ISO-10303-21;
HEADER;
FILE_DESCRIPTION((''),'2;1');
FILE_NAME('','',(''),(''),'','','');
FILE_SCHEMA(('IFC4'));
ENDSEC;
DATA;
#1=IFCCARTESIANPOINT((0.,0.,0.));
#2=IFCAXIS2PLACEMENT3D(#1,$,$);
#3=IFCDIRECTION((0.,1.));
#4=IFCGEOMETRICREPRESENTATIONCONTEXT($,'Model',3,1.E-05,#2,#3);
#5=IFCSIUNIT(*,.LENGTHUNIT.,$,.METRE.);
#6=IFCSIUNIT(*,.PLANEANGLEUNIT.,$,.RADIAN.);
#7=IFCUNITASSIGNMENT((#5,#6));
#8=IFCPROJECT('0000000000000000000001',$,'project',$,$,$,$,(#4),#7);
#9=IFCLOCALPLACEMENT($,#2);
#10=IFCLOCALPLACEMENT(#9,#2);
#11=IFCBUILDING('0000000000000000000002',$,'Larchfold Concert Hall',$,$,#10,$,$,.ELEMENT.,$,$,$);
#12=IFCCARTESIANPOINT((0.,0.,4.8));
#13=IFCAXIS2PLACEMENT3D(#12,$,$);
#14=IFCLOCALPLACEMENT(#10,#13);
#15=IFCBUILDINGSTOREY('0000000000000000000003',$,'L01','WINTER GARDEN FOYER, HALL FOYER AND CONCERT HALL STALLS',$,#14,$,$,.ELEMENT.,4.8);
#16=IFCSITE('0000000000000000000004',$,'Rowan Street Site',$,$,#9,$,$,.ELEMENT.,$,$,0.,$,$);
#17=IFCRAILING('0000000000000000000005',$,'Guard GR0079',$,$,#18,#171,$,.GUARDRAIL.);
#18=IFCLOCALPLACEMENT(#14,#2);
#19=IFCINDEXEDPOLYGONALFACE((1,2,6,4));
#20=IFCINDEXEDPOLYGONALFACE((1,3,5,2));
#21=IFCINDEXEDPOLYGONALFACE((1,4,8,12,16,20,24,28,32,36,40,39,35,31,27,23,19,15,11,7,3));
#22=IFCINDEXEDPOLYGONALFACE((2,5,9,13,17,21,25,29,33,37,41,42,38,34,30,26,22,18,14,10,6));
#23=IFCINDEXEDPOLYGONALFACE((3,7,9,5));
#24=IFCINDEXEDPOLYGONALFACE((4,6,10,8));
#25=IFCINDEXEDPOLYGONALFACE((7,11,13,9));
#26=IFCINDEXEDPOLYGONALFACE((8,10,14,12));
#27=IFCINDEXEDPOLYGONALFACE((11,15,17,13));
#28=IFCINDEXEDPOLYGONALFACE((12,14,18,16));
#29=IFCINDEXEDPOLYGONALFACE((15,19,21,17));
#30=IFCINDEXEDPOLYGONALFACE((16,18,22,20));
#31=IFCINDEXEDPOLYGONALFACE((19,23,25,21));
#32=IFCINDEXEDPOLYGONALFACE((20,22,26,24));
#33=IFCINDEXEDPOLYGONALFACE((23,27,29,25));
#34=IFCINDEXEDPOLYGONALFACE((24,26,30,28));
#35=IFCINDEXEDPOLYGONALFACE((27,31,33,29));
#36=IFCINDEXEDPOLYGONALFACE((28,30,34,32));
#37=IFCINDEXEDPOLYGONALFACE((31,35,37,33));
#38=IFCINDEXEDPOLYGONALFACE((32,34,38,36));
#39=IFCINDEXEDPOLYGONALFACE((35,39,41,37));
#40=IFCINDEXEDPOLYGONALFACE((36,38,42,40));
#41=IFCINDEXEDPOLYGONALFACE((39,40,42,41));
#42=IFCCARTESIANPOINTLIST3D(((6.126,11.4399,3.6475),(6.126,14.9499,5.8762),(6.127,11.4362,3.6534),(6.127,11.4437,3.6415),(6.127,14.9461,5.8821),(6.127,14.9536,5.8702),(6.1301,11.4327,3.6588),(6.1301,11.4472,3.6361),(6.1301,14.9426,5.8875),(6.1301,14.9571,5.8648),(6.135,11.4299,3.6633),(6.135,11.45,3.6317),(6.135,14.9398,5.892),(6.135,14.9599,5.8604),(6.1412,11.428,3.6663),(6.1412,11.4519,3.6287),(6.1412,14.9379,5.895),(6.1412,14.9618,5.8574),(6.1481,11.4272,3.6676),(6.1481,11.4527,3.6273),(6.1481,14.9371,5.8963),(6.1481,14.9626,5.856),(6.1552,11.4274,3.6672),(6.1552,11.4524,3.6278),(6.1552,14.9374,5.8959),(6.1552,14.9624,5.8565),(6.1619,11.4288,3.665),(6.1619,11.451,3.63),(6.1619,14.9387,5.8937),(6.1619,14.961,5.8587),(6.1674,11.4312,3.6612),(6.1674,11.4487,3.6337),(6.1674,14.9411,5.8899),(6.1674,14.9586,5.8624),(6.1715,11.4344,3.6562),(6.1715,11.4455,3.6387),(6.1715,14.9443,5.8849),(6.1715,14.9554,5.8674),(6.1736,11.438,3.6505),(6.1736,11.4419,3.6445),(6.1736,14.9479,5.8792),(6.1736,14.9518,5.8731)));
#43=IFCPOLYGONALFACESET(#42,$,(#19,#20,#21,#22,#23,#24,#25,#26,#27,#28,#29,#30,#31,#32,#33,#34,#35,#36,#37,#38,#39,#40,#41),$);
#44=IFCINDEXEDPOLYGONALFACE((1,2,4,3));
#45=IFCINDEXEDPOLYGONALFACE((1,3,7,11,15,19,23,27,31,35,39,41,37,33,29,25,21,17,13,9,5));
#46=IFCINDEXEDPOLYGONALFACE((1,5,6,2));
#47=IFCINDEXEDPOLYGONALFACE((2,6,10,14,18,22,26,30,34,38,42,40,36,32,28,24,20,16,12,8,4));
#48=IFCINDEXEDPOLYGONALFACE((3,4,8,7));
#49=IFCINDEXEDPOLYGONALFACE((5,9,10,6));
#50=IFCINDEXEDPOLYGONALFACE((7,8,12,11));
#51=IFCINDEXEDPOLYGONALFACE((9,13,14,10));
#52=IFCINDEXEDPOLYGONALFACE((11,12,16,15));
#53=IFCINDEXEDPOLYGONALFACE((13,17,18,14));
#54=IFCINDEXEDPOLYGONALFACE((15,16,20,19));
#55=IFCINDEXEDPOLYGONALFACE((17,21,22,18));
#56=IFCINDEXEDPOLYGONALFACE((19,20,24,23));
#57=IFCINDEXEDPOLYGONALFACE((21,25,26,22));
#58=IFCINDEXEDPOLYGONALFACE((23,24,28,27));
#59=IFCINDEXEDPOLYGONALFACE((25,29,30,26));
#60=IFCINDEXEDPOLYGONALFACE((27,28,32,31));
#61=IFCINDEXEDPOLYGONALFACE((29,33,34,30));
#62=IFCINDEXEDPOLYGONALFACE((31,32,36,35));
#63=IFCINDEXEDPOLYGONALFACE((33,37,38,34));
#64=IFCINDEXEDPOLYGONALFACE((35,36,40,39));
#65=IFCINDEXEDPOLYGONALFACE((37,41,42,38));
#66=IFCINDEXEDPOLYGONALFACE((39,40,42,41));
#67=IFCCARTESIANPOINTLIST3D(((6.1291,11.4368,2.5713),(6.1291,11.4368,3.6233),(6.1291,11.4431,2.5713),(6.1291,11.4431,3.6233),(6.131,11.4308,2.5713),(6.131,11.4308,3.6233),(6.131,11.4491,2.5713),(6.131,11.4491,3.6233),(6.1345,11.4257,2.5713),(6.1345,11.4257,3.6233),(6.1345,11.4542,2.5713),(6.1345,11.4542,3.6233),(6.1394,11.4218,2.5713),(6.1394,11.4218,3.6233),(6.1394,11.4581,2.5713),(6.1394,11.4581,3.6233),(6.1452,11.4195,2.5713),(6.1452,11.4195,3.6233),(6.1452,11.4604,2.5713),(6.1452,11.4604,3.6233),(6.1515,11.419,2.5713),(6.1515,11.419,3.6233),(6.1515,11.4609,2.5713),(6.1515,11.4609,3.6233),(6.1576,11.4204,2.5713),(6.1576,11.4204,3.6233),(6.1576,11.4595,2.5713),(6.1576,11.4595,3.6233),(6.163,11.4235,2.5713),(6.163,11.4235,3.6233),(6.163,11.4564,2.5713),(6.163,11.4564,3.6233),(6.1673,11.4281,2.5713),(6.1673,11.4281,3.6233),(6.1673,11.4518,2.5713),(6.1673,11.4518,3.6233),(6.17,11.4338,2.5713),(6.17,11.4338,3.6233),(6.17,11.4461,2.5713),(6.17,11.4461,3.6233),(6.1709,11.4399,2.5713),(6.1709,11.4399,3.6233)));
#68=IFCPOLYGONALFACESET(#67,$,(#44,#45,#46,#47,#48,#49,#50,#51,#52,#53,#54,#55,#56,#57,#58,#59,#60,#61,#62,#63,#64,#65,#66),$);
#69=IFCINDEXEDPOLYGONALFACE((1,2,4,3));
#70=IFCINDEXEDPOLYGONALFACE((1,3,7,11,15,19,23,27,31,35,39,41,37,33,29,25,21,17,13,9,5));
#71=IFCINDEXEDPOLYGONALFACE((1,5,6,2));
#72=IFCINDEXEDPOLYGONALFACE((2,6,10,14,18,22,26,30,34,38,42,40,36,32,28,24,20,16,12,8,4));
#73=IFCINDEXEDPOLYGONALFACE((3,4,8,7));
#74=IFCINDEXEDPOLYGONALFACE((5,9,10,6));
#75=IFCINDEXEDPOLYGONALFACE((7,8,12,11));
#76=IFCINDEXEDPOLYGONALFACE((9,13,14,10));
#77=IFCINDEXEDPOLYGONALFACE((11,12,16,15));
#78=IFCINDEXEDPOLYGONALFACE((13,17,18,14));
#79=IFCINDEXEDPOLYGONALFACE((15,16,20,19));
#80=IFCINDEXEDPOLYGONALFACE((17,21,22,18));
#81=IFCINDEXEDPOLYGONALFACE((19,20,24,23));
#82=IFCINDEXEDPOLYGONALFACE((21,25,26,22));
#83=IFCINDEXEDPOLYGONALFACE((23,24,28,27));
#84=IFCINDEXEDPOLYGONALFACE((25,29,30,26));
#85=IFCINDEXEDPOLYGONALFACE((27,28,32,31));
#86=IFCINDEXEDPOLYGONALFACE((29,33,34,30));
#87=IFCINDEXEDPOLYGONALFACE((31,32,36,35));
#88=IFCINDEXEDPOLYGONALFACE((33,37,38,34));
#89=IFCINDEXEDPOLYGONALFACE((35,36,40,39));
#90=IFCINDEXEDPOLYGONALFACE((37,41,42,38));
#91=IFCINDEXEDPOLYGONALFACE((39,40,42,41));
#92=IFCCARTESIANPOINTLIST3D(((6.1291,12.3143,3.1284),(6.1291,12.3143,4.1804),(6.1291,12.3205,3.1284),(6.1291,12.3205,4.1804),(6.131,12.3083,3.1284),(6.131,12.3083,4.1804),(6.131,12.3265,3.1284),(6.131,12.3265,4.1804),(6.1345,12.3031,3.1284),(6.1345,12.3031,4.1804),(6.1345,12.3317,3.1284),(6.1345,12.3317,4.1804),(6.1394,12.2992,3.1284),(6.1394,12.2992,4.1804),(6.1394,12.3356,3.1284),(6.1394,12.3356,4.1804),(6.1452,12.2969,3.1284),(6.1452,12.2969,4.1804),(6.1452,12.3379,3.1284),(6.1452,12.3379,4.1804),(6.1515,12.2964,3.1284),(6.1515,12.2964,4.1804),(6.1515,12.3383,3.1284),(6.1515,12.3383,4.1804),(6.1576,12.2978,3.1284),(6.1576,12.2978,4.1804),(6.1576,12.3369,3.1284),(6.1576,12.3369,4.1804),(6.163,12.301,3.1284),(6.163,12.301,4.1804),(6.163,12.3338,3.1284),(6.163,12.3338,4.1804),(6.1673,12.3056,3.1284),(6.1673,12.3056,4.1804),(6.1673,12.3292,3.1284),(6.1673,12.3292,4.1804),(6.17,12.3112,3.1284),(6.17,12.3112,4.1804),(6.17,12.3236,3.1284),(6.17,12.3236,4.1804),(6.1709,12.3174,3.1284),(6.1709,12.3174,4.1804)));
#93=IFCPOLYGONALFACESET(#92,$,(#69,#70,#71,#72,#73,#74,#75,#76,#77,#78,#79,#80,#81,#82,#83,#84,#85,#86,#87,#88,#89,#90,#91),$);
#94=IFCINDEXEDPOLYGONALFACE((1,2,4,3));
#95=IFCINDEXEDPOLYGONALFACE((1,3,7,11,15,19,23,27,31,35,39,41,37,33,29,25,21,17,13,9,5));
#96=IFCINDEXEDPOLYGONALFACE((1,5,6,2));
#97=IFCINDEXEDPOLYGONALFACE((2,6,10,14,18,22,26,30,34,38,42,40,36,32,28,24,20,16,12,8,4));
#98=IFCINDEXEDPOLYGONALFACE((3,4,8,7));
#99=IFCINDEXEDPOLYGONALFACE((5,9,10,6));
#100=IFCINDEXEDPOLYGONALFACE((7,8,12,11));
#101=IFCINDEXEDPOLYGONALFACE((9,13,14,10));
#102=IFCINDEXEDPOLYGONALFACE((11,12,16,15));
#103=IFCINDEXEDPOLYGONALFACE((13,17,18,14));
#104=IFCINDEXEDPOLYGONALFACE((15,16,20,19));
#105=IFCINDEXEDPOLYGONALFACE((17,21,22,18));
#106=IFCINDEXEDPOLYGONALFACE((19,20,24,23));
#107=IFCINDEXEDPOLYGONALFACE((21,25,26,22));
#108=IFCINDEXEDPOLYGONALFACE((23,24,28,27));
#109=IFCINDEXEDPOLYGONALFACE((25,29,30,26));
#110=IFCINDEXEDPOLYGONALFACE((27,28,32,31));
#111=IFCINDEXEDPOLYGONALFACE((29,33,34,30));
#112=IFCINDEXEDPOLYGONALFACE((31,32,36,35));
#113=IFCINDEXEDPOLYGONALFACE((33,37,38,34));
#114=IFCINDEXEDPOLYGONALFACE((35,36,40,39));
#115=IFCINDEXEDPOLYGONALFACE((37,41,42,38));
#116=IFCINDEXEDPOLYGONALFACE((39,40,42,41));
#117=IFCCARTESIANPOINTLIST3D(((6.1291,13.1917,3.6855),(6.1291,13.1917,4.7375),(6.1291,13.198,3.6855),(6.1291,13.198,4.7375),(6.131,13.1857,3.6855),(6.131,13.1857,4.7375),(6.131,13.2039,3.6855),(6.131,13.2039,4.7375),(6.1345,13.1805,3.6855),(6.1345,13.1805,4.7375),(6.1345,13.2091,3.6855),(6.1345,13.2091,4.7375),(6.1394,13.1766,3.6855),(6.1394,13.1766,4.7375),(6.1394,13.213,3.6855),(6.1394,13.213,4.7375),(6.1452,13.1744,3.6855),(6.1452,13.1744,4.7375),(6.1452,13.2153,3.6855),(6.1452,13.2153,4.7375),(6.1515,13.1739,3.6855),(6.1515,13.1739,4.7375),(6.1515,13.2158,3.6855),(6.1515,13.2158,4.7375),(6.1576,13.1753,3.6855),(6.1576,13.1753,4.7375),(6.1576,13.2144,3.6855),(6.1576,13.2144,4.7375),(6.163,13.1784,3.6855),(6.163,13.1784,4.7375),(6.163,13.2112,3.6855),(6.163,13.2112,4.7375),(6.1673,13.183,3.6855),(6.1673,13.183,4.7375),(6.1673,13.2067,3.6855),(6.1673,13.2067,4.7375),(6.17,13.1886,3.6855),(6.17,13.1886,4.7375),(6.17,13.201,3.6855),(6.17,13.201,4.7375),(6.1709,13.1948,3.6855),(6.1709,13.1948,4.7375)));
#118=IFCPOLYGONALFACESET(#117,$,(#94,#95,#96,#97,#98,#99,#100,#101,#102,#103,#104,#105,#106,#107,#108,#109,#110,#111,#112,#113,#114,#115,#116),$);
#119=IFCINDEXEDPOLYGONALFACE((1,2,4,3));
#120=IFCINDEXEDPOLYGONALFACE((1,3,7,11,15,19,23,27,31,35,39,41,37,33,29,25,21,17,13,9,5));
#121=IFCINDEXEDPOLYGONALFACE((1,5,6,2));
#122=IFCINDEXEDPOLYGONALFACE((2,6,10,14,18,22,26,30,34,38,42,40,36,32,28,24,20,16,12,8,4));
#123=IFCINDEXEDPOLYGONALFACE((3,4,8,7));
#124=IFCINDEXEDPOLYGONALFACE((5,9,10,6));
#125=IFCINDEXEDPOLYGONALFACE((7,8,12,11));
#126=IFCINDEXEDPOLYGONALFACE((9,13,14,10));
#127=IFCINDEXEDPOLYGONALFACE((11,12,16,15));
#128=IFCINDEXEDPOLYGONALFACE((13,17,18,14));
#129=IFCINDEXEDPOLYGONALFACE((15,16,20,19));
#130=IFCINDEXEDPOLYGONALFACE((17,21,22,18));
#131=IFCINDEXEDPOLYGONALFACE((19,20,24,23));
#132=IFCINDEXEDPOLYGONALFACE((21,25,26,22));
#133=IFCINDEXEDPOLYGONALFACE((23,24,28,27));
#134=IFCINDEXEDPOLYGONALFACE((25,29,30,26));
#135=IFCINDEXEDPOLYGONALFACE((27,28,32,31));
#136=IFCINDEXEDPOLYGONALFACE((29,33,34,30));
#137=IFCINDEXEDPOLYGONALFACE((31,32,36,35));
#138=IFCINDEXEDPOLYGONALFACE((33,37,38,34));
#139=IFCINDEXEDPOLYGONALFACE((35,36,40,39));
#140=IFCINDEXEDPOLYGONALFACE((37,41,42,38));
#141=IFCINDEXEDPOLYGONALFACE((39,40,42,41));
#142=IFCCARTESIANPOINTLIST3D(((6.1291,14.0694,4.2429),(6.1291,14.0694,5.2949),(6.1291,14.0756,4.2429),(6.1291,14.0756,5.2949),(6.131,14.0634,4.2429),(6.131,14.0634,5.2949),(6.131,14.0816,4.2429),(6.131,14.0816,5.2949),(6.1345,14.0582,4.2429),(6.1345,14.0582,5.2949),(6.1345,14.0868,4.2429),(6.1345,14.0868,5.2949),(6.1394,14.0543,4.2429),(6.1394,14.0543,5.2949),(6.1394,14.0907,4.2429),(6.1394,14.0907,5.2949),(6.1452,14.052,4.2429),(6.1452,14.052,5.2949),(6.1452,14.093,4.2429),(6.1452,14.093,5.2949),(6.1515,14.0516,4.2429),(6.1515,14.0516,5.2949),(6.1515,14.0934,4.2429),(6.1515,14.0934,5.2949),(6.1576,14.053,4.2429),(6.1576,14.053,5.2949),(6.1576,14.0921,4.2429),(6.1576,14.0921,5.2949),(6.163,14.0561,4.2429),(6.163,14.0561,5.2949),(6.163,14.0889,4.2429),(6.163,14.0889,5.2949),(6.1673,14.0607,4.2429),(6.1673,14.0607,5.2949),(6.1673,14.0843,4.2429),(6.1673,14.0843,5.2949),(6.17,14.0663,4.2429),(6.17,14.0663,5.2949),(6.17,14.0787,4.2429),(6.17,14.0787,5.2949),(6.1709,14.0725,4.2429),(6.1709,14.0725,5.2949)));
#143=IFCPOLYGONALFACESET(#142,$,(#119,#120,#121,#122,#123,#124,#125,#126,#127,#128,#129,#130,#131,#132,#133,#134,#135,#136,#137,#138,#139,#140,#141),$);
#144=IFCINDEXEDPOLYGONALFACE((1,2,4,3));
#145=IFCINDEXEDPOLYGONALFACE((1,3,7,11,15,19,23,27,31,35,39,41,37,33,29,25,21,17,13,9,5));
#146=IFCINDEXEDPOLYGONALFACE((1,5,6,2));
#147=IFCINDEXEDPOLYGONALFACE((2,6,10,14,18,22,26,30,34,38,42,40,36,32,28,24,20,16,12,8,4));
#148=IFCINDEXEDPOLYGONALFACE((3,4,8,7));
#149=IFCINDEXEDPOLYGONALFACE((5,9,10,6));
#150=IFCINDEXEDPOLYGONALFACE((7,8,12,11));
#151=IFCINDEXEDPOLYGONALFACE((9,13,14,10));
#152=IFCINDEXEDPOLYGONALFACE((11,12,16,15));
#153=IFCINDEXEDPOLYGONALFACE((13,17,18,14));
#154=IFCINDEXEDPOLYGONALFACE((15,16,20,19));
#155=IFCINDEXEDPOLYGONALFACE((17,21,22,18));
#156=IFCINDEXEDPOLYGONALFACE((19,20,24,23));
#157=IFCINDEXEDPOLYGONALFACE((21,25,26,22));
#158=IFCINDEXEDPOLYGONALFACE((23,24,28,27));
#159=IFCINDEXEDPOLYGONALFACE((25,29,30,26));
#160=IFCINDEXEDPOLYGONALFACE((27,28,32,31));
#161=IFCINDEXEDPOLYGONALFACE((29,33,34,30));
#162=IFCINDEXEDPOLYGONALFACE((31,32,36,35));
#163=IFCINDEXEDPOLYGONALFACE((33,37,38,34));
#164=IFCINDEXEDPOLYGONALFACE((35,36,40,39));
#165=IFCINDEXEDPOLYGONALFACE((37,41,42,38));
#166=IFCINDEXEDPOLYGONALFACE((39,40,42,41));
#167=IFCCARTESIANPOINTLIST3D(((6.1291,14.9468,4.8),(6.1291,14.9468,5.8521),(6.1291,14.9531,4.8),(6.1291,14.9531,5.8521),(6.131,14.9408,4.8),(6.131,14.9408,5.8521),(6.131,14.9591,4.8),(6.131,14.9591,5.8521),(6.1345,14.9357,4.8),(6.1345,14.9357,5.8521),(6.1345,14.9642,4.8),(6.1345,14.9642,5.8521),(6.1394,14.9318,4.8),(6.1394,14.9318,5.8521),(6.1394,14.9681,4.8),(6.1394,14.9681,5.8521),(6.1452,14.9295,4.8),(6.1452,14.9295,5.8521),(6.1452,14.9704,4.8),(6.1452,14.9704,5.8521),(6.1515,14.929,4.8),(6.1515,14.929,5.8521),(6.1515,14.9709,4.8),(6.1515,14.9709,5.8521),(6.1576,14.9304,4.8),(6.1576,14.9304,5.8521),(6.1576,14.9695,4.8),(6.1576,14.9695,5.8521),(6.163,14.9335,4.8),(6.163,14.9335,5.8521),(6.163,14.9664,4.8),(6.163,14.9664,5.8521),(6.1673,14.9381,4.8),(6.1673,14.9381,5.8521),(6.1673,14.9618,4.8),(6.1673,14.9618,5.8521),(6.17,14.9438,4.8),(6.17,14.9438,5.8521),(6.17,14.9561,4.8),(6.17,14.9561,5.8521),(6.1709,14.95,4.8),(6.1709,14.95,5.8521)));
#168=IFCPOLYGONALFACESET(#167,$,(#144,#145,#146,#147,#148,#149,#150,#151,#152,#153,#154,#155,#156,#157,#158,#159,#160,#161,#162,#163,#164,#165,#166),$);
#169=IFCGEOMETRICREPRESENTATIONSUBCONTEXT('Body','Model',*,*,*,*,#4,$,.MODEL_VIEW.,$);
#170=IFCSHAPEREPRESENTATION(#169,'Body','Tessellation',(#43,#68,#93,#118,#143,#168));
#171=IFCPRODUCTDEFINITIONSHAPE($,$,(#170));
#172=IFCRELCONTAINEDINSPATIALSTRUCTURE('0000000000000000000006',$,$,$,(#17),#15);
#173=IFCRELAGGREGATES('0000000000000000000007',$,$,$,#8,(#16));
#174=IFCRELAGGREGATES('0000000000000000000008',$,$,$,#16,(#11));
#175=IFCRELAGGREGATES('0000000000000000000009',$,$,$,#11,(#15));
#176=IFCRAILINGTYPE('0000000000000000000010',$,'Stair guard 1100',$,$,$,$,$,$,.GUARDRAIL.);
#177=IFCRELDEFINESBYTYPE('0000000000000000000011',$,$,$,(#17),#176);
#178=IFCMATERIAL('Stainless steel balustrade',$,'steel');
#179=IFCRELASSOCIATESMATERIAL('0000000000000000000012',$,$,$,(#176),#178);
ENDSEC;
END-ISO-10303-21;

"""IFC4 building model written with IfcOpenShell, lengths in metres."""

from ifc_helpers import new_model, si_unit, direction, frame, origin, origin_2d, place, context, subcontext, project, spatial, circle, extrude, material, type_object, element, save


model = new_model("IFC4")

# Units and contexts
model_context = context("Model", 3, precision=1e-05, world=origin(), true_north=direction((0.0, 1.0)))
body_context = subcontext(model_context, "Body", "Model", "MODEL_VIEW")
ifc_project = project(units=[si_unit("LENGTHUNIT", "METRE"), si_unit("PLANEANGLEUNIT", "RADIAN")], contexts=[model_context])

# Site, building, storey
site_placement = place(None, origin())
site = spatial("IfcSite", under=ifc_project, at=site_placement, Name="Rowan Street Site", CompositionType="ELEMENT", RefElevation=0.0)
building_placement = place(site_placement, origin())
building = spatial("IfcBuilding", under=site, at=building_placement, Name="Larchfold Concert Hall", CompositionType="ELEMENT")
storey_placement = place(building_placement, frame((0.0, 0.0, 4.8)))
storey = spatial("IfcBuildingStorey", under=building, at=storey_placement, Name="L01", Description="WINTER GARDEN FOYER, HALL FOYER AND CONCERT HALL STALLS", CompositionType="ELEMENT", Elevation=4.8)

# Railing
ifc_material_1 = material(Name="Stainless steel balustrade", Category="steel")
railing_type_1 = type_object("IfcRailingType", Name="Stair guard 1100", PredefinedType="GUARDRAIL", material=ifc_material_1)
railing_1_placement = place(storey_placement, frame((6.1499, 11.4399, 2.5713)))
element("IfcRailing", 1, at=railing_1_placement, inside=storey, type_object=railing_type_1, Name="Guard GR0079", PredefinedType="GUARDRAIL", context=body_context, shape_type="SweptSolid", body=[
    extrude(circle(Radius=0.0239, at=origin_2d()), frame((0.0, 0.0, 1.0762), z_axis=(0.0, 0.844193, 0.536039), x_axis=(-1.0, 0.0, 0.0)), (0.0, 0.0, 1.0), 4.1577),
    extrude(circle(Radius=0.021, at=origin_2d()), origin(), (0.0, 0.0, 1.0), 1.052),
    extrude(circle(Radius=0.021, at=origin_2d()), frame((0.0, 0.8774, 0.5571)), (0.0, 0.0, 1.0), 1.052),
    extrude(circle(Radius=0.021, at=origin_2d()), frame((0.0, 1.7549, 1.1143)), (0.0, 0.0, 1.0), 1.052),
    extrude(circle(Radius=0.021, at=origin_2d()), frame((0.0, 2.6326, 1.6716)), (0.0, 0.0, 1.0), 1.052),
    extrude(circle(Radius=0.021, at=origin_2d()), frame((0.0, 3.51, 2.2288)), (0.0, 0.0, 1.0), 1.052),
])

save(model, "model.ifc")
